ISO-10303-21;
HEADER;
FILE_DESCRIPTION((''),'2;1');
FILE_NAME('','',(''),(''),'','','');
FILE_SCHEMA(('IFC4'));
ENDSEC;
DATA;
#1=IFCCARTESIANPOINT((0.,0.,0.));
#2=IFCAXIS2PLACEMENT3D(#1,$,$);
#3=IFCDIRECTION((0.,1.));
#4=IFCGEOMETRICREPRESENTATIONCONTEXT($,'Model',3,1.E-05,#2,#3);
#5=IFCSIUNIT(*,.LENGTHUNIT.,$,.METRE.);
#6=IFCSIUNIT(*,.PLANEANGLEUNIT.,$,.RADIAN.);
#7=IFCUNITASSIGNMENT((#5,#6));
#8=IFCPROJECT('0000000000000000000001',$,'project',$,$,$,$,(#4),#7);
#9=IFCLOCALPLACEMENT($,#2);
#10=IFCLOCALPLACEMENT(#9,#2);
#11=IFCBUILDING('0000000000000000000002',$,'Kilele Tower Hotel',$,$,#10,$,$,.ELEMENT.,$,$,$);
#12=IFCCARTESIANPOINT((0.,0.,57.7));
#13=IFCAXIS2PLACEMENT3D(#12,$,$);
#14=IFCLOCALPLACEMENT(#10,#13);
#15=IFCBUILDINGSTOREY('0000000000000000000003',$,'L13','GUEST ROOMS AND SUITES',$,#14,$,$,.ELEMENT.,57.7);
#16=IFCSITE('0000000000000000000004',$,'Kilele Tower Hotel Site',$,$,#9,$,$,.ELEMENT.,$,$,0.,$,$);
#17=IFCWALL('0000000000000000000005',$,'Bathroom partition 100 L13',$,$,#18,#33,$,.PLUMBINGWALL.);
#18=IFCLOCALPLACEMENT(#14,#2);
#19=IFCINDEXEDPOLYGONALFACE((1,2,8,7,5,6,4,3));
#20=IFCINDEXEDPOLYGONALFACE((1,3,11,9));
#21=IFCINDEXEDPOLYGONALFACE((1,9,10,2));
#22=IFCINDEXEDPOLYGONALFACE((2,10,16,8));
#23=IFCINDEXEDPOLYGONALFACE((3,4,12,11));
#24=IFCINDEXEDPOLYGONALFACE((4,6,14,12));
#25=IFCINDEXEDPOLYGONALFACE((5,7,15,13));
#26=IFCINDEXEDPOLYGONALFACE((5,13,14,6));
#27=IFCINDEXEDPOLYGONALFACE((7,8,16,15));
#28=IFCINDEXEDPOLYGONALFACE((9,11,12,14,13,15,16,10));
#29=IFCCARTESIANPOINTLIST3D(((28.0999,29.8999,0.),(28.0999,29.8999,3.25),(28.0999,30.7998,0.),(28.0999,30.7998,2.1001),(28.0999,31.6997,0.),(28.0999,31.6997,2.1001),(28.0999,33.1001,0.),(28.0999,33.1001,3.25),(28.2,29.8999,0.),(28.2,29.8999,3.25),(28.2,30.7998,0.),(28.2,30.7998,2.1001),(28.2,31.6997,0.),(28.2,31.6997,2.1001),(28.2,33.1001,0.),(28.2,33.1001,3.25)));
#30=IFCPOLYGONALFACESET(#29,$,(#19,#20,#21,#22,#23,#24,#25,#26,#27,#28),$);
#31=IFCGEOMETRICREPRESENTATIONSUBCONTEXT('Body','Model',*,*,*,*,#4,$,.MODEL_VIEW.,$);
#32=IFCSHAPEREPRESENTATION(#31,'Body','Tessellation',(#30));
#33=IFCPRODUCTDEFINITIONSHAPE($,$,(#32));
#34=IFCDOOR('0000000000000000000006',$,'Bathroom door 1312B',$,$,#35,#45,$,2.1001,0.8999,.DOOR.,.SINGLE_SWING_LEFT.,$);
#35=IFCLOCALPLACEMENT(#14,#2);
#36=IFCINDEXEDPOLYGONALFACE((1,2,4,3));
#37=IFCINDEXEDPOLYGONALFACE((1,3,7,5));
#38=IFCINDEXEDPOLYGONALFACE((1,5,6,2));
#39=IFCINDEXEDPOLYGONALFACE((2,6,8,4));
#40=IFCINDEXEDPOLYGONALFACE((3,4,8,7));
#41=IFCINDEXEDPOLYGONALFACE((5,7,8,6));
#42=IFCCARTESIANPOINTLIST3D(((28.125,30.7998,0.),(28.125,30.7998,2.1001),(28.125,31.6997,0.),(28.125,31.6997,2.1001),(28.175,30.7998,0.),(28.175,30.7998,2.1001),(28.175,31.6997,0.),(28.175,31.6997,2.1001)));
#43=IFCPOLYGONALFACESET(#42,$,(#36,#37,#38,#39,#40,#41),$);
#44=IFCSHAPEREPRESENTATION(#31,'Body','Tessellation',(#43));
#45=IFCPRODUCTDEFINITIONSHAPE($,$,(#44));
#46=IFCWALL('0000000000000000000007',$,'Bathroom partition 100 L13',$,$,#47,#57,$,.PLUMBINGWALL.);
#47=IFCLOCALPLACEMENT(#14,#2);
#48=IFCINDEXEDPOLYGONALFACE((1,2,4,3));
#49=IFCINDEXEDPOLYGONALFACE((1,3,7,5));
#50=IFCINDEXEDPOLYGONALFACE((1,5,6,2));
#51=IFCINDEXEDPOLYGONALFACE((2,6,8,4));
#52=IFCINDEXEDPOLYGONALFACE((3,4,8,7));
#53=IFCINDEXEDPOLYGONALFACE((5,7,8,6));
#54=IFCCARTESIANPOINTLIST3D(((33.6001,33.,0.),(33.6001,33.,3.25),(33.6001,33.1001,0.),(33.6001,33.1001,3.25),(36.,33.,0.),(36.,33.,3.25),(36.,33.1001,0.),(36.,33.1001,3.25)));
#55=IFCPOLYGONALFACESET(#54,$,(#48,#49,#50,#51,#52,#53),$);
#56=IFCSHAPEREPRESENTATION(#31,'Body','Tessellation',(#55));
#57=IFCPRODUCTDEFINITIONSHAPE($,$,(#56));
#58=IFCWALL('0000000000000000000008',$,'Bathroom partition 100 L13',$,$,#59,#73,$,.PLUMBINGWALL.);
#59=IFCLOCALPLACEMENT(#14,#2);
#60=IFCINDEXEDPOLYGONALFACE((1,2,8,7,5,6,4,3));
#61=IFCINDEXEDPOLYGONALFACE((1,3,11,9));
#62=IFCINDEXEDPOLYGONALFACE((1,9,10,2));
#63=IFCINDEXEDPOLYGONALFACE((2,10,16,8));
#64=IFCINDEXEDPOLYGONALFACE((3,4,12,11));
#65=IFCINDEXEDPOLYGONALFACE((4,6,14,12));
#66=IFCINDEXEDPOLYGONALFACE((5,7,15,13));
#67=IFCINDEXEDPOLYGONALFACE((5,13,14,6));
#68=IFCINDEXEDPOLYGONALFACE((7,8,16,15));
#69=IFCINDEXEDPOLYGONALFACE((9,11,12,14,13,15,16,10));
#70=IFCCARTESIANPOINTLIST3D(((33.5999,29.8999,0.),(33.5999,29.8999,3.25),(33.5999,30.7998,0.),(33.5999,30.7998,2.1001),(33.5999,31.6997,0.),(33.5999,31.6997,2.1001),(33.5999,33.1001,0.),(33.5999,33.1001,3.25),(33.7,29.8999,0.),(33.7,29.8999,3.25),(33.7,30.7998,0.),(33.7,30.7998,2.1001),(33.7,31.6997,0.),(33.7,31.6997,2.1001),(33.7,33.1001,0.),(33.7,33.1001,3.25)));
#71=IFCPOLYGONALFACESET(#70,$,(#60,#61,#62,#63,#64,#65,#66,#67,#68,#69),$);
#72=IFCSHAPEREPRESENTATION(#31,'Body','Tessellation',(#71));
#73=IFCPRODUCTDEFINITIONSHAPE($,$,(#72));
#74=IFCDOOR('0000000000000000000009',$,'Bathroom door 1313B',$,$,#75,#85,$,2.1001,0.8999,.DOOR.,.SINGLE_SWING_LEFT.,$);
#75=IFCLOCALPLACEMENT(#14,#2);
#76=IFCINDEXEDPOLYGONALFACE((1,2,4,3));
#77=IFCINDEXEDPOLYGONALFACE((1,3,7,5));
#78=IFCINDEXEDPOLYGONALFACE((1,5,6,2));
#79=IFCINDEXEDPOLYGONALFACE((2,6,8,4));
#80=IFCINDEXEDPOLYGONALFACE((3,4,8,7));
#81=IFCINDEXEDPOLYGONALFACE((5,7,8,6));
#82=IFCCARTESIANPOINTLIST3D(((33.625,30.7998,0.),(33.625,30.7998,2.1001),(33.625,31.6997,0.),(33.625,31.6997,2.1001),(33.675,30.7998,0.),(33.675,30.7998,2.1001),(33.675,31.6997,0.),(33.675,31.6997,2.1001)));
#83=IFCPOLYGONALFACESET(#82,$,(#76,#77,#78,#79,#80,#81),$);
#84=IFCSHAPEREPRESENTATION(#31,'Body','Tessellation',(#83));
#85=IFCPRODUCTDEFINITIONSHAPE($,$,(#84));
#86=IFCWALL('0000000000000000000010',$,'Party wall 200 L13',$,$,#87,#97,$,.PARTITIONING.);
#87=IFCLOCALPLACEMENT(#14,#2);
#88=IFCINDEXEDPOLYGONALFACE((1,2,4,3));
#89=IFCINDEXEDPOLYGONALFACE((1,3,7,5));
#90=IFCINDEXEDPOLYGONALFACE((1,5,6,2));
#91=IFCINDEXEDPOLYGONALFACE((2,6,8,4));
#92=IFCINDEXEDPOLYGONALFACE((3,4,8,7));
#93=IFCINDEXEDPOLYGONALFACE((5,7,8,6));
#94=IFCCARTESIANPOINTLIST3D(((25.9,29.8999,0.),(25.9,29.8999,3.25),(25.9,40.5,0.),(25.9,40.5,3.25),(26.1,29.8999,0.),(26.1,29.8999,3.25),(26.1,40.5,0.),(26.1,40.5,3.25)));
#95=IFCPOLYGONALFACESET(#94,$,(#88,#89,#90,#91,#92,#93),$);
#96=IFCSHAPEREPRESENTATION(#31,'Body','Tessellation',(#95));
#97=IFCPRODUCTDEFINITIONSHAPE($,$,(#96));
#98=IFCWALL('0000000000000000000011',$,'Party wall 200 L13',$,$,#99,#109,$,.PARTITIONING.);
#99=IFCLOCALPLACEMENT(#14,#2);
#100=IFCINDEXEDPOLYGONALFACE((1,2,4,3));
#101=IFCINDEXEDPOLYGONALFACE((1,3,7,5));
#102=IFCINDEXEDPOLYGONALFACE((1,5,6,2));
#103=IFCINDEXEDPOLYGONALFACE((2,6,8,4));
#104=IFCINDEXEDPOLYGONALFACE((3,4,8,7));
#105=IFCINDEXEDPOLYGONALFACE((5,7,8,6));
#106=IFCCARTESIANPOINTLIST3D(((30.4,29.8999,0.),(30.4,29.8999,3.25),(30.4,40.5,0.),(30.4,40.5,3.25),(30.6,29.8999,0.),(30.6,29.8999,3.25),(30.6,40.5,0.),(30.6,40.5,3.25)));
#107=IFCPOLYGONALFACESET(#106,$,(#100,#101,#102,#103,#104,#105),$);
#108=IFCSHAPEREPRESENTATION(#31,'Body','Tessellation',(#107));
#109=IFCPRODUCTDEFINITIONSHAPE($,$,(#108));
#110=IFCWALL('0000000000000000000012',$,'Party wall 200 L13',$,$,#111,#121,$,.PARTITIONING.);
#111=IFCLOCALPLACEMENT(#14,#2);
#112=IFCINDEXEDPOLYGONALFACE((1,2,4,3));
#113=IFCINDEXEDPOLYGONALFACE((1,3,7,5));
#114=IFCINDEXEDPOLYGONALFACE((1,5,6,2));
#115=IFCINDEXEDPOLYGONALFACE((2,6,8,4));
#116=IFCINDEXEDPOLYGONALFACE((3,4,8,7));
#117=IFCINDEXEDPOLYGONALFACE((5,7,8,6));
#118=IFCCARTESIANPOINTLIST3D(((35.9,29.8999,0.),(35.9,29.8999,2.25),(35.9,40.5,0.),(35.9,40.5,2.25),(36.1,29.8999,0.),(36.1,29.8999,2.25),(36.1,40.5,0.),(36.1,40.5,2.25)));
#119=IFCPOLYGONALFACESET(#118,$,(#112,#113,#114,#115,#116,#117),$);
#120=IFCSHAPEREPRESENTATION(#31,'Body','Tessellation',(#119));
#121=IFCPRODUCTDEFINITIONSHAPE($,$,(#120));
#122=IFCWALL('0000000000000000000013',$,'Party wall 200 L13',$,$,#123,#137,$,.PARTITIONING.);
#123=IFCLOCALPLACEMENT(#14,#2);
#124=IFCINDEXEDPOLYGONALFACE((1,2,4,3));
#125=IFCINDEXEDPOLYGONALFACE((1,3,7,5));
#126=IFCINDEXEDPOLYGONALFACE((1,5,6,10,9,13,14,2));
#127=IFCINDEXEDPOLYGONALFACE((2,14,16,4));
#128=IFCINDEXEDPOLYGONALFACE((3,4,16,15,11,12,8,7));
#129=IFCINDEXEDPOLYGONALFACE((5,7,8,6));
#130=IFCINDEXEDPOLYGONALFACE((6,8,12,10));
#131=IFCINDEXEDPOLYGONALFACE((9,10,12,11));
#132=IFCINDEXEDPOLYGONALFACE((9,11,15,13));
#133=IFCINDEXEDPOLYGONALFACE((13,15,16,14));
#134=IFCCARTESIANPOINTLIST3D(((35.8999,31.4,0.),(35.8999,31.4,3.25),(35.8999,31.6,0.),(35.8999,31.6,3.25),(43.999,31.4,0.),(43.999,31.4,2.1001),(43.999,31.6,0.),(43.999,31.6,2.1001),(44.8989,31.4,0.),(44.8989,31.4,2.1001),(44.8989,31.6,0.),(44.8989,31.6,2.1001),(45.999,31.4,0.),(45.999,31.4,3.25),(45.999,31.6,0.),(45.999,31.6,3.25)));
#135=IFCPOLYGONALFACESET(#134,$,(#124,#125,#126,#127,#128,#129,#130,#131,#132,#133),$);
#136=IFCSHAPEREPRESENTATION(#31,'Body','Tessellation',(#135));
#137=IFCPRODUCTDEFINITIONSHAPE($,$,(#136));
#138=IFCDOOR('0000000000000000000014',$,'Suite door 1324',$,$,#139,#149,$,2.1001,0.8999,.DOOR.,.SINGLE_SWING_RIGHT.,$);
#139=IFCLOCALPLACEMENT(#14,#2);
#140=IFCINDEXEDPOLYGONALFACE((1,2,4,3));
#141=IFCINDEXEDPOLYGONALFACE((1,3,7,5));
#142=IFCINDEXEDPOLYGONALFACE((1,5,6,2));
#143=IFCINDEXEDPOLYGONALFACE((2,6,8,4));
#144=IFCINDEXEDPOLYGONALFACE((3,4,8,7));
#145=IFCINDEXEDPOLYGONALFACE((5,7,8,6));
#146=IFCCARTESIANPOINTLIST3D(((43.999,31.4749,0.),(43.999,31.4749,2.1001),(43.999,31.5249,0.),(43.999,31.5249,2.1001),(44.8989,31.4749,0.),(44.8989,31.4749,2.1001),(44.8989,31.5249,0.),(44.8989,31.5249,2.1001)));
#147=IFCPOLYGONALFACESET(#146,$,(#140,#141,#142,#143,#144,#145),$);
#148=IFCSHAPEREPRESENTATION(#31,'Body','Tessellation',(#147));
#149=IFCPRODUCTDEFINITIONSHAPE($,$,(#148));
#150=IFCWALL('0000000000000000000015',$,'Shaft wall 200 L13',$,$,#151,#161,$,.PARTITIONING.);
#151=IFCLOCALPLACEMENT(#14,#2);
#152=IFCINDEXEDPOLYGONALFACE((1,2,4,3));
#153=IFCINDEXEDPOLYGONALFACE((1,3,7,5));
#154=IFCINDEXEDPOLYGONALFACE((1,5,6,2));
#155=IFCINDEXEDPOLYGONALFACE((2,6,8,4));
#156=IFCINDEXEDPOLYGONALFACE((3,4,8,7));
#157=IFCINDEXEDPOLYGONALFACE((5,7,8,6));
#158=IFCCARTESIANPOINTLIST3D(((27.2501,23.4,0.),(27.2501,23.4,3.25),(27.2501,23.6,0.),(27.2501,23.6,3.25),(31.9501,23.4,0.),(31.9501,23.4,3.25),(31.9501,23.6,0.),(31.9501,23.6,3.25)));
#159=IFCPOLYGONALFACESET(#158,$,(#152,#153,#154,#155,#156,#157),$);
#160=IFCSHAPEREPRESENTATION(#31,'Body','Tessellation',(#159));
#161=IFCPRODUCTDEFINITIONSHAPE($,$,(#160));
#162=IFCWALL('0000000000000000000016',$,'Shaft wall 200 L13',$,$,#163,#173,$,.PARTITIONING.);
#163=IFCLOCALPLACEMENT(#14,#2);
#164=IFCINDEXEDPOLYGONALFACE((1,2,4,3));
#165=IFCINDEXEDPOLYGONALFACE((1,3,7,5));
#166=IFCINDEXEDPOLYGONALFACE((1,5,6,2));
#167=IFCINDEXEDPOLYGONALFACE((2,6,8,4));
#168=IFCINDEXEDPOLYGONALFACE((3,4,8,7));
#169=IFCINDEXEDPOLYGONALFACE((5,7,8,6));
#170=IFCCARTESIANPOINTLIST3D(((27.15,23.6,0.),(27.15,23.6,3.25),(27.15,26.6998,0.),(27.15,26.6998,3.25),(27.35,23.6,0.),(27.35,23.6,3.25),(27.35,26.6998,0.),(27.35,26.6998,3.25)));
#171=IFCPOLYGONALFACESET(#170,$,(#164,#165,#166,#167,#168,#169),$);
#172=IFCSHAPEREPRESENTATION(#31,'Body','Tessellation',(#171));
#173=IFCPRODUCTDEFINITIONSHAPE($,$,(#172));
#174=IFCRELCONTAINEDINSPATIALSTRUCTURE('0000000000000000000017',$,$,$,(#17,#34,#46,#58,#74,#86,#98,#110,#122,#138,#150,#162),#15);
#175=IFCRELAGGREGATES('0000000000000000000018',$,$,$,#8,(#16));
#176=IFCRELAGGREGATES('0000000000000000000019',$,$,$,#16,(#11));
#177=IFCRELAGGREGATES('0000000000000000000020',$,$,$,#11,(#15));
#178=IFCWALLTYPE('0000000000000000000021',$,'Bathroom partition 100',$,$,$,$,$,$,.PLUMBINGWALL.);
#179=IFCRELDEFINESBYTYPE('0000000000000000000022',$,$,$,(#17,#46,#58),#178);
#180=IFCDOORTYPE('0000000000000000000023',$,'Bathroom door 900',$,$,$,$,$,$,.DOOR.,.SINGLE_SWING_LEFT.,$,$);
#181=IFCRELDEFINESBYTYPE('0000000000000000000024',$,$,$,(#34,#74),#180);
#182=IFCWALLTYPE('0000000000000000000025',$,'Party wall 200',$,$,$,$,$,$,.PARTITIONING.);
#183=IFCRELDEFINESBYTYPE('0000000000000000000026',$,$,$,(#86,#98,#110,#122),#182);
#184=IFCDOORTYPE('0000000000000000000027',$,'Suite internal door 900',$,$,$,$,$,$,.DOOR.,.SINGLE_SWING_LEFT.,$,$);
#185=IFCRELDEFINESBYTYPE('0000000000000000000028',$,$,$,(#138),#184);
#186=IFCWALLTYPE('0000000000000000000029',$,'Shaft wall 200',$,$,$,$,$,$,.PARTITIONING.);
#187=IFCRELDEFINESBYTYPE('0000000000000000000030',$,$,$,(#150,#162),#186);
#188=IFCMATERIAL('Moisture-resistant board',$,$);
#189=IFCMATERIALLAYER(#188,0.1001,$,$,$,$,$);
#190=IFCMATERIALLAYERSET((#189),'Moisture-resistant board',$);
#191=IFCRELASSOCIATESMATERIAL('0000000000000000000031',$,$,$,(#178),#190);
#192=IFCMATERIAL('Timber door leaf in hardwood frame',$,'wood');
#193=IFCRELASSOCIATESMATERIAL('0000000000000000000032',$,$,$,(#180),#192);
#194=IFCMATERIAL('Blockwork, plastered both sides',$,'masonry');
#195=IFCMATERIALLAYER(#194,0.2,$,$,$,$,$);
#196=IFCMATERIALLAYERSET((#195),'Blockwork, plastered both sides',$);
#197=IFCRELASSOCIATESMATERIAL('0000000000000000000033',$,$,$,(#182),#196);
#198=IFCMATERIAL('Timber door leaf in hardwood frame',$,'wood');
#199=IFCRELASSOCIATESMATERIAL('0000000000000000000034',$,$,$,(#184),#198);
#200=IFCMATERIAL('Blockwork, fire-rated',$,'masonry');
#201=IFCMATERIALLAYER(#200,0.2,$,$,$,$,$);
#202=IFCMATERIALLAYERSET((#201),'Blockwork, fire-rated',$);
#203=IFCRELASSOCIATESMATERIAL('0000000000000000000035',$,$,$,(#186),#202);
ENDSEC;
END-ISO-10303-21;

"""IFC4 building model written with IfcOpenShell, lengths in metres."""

from ifc_helpers import new_model, si_unit, direction, frame, frame_2d, origin, place, context, subcontext, project, spatial, rectangle, extrude, material, layer, layer_set, type_object, element, fill, save


model = new_model("IFC4")

# Units and contexts
model_context = context("Model", 3, precision=1e-05, world=origin(), true_north=direction((0.0, 1.0)))
body_context = subcontext(model_context, "Body", "Model", "MODEL_VIEW")
ifc_project = project(units=[si_unit("LENGTHUNIT", "METRE"), si_unit("PLANEANGLEUNIT", "RADIAN")], contexts=[model_context])

# Site, building, storey
site_placement = place(None, origin())
site = spatial("IfcSite", under=ifc_project, at=site_placement, Name="Kilele Tower Hotel Site", CompositionType="ELEMENT", RefElevation=0.0)
building_placement = place(site_placement, origin())
building = spatial("IfcBuilding", under=site, at=building_placement, Name="Kilele Tower Hotel", CompositionType="ELEMENT")
storey_placement = place(building_placement, frame((0.0, 0.0, 57.7)))
storey = spatial("IfcBuildingStorey", under=building, at=storey_placement, Name="L13", Description="GUEST ROOMS AND SUITES", CompositionType="ELEMENT", Elevation=57.7)

# Shared definitions
ifc_material_1 = material(Name="Moisture-resistant board")
ifc_layer_1 = layer(ifc_material_1, 0.1001)
ifc_layer_set_1 = layer_set([ifc_layer_1], Name="Moisture-resistant board")
wall_type_1 = type_object("IfcWallType", Name="Bathroom partition 100", PredefinedType="PLUMBINGWALL", material=ifc_layer_set_1)
ifc_material_2 = material(Name="Timber door leaf in hardwood frame", Category="wood")
door_type_1 = type_object("IfcDoorType", Name="Bathroom door 900", OperationType="SINGLE_SWING_LEFT", PredefinedType="DOOR", material=ifc_material_2)

# Wall, opening, door
wall_1_placement = place(storey_placement, frame((28.1499, 29.8999, 0.0), z_axis=(0.0, 0.0, 1.0), x_axis=(0.0, 1.0, 0.0)))
wall_1 = element("IfcWall", 1, at=wall_1_placement, inside=storey, type_object=wall_type_1, Name="Bathroom partition 100 L13", PredefinedType="PLUMBINGWALL", context=body_context, shape_type="SweptSolid", body=[
    extrude(rectangle(XDim=3.2002, YDim=0.1001, at=frame_2d((1.6001, 0.0))), origin(), (0.0, 0.0, 1.0), 3.25),
])
opening_1_placement = place(wall_1_placement, frame((0.8999, 0.0, 0.0)))
opening_1 = element("IfcOpeningElement", 2, at=opening_1_placement, cuts=wall_1, PredefinedType="OPENING", context=body_context, shape_type="SweptSolid", body=[
    extrude(rectangle(XDim=0.8999, YDim=2.1001, at=frame_2d((0.45, 1.05))), frame((0.0, 0.0601, 0.0), z_axis=(0.0, -1.0, 0.0), x_axis=(1.0, 0.0, 0.0)), (0.0, 0.0, 1.0), 0.1201),
])
door_1_placement = place(opening_1_placement, origin())
door_1 = element("IfcDoor", 3, at=door_1_placement, inside=storey, type_object=door_type_1, Name="Bathroom door 1312B", OperationType="SINGLE_SWING_LEFT", OverallHeight=2.1001, OverallWidth=0.8999, PredefinedType="DOOR", context=body_context, shape_type="SweptSolid", body=[
    extrude(rectangle(XDim=0.8999, YDim=2.1001, at=frame_2d((0.45, 1.05))), frame((0.0, 0.0249, 0.0), z_axis=(0.0, -1.0, 0.0), x_axis=(1.0, 0.0, 0.0)), (0.0, 0.0, 1.0), 0.05),
])
fill(opening_1, door_1)

# Wall
wall_2_placement = place(storey_placement, frame((33.6001, 33.05, 0.0), z_axis=(0.0, 0.0, 1.0), x_axis=(1.0, 0.0, 0.0)))
element("IfcWall", 4, at=wall_2_placement, inside=storey, type_object=wall_type_1, Name="Bathroom partition 100 L13", PredefinedType="PLUMBINGWALL", context=body_context, shape_type="SweptSolid", body=[
    extrude(rectangle(XDim=2.3999, YDim=0.1001, at=frame_2d((1.2, 0.0))), origin(), (0.0, 0.0, 1.0), 3.25),
])

# Wall, opening, door
wall_3_placement = place(storey_placement, frame((33.6499, 29.8999, 0.0), z_axis=(0.0, 0.0, 1.0), x_axis=(0.0, 1.0, 0.0)))
wall_3 = element("IfcWall", 5, at=wall_3_placement, inside=storey, type_object=wall_type_1, Name="Bathroom partition 100 L13", PredefinedType="PLUMBINGWALL", context=body_context, shape_type="SweptSolid", body=[
    extrude(rectangle(XDim=3.2002, YDim=0.1001, at=frame_2d((1.6001, 0.0))), origin(), (0.0, 0.0, 1.0), 3.25),
])
opening_2_placement = place(wall_3_placement, frame((0.8999, 0.0, 0.0)))
opening_2 = element("IfcOpeningElement", 6, at=opening_2_placement, cuts=wall_3, PredefinedType="OPENING", context=body_context, shape_type="SweptSolid", body=[
    extrude(rectangle(XDim=0.8999, YDim=2.1001, at=frame_2d((0.45, 1.05))), frame((0.0, 0.0601, 0.0), z_axis=(0.0, -1.0, 0.0), x_axis=(1.0, 0.0, 0.0)), (0.0, 0.0, 1.0), 0.1201),
])
door_2_placement = place(opening_2_placement, origin())
door_2 = element("IfcDoor", 7, at=door_2_placement, inside=storey, type_object=door_type_1, Name="Bathroom door 1313B", OperationType="SINGLE_SWING_LEFT", OverallHeight=2.1001, OverallWidth=0.8999, PredefinedType="DOOR", context=body_context, shape_type="SweptSolid", body=[
    extrude(rectangle(XDim=0.8999, YDim=2.1001, at=frame_2d((0.45, 1.05))), frame((0.0, 0.0249, 0.0), z_axis=(0.0, -1.0, 0.0), x_axis=(1.0, 0.0, 0.0)), (0.0, 0.0, 1.0), 0.05),
])
fill(opening_2, door_2)

# Walls
ifc_material_3 = material(Name="Blockwork, plastered both sides", Category="masonry")
ifc_layer_2 = layer(ifc_material_3, 0.2)
ifc_layer_set_2 = layer_set([ifc_layer_2], Name="Blockwork, plastered both sides")
wall_type_2 = type_object("IfcWallType", Name="Party wall 200", PredefinedType="PARTITIONING", material=ifc_layer_set_2)
for number, where, z_axis, x_axis, name in (
    (8, (26.0, 29.8999, 0.0), (0.0, 0.0, 1.0), (0.0, 1.0, 0.0), "Party wall 200 L13"),
    (9, (30.5, 29.8999, 0.0), (0.0, 0.0, 1.0), (0.0, 1.0, 0.0), "Party wall 200 L13"),
):
    element("IfcWall", number, at=place(storey_placement, frame(where, z_axis=z_axis, x_axis=x_axis)), inside=storey, type_object=wall_type_2, Name=name, PredefinedType="PARTITIONING", context=body_context, shape_type="SweptSolid", body=[
        extrude(rectangle(XDim=10.6001, YDim=0.2, at=frame_2d((5.3, 0.0))), origin(), (0.0, 0.0, 1.0), 3.25),
    ])
wall_4_placement = place(storey_placement, frame((36.0, 29.8999, 0.0), z_axis=(0.0, 0.0, 1.0), x_axis=(0.0, 1.0, 0.0)))
element("IfcWall", 10, at=wall_4_placement, inside=storey, type_object=wall_type_2, Name="Party wall 200 L13", PredefinedType="PARTITIONING", context=body_context, shape_type="SweptSolid", body=[
    extrude(rectangle(XDim=10.6001, YDim=0.2, at=frame_2d((5.3, 0.0))), origin(), (0.0, 0.0, 1.0), 2.25),
])

# Wall, opening, door
wall_5_placement = place(storey_placement, frame((35.8999, 31.5, 0.0), z_axis=(0.0, 0.0, 1.0), x_axis=(1.0, 0.0, 0.0)))
wall_5 = element("IfcWall", 11, at=wall_5_placement, inside=storey, type_object=wall_type_2, Name="Party wall 200 L13", PredefinedType="PARTITIONING", context=body_context, shape_type="SweptSolid", body=[
    extrude(rectangle(XDim=10.0991, YDim=0.2, at=frame_2d((5.0496, 0.0))), origin(), (0.0, 0.0, 1.0), 3.25),
])
opening_3_placement = place(wall_5_placement, frame((8.0991, 0.0, 0.0)))
opening_3 = element("IfcOpeningElement", 12, at=opening_3_placement, cuts=wall_5, PredefinedType="OPENING", context=body_context, shape_type="SweptSolid", body=[
    extrude(rectangle(XDim=0.8999, YDim=2.1001, at=frame_2d((0.45, 1.05))), frame((0.0, 0.1099, 0.0), z_axis=(0.0, -1.0, 0.0), x_axis=(1.0, 0.0, 0.0)), (0.0, 0.0, 1.0), 0.22),
])
ifc_material_4 = material(Name="Timber door leaf in hardwood frame", Category="wood")
door_type_2 = type_object("IfcDoorType", Name="Suite internal door 900", OperationType="SINGLE_SWING_LEFT", PredefinedType="DOOR", material=ifc_material_4)
door_3_placement = place(opening_3_placement, origin())
door_3 = element("IfcDoor", 13, at=door_3_placement, inside=storey, type_object=door_type_2, Name="Suite door 1324", OperationType="SINGLE_SWING_RIGHT", OverallHeight=2.1001, OverallWidth=0.8999, PredefinedType="DOOR", context=body_context, shape_type="SweptSolid", body=[
    extrude(rectangle(XDim=0.8999, YDim=2.1001, at=frame_2d((0.45, 1.05))), frame((0.0, 0.0249, 0.0), z_axis=(0.0, -1.0, 0.0), x_axis=(1.0, 0.0, 0.0)), (0.0, 0.0, 1.0), 0.05),
])
fill(opening_3, door_3)

# Walls
ifc_material_5 = material(Name="Blockwork, fire-rated", Category="masonry")
ifc_layer_3 = layer(ifc_material_5, 0.2)
ifc_layer_set_3 = layer_set([ifc_layer_3], Name="Blockwork, fire-rated")
wall_type_3 = type_object("IfcWallType", Name="Shaft wall 200", PredefinedType="PARTITIONING", material=ifc_layer_set_3)
wall_6_placement = place(storey_placement, frame((27.25, 23.5, 0.0), z_axis=(0.0, 0.0, 1.0), x_axis=(1.0, 0.0, 0.0)))
element("IfcWall", 14, at=wall_6_placement, inside=storey, type_object=wall_type_3, Name="Shaft wall 200 L13", PredefinedType="PARTITIONING", context=body_context, shape_type="SweptSolid", body=[
    extrude(rectangle(XDim=4.7, YDim=0.2, at=frame_2d((2.3501, 0.0))), origin(), (0.0, 0.0, 1.0), 3.25),
])
wall_7_placement = place(storey_placement, frame((27.25, 23.6001, 0.0), z_axis=(0.0, 0.0, 1.0), x_axis=(0.0, 1.0, 0.0)))
element("IfcWall", 15, at=wall_7_placement, inside=storey, type_object=wall_type_3, Name="Shaft wall 200 L13", PredefinedType="PARTITIONING", context=body_context, shape_type="SweptSolid", body=[
    extrude(rectangle(XDim=3.0999, YDim=0.2, at=frame_2d((1.5498, 0.0))), origin(), (0.0, 0.0, 1.0), 3.25),
])

save(model, "model.ifc")
